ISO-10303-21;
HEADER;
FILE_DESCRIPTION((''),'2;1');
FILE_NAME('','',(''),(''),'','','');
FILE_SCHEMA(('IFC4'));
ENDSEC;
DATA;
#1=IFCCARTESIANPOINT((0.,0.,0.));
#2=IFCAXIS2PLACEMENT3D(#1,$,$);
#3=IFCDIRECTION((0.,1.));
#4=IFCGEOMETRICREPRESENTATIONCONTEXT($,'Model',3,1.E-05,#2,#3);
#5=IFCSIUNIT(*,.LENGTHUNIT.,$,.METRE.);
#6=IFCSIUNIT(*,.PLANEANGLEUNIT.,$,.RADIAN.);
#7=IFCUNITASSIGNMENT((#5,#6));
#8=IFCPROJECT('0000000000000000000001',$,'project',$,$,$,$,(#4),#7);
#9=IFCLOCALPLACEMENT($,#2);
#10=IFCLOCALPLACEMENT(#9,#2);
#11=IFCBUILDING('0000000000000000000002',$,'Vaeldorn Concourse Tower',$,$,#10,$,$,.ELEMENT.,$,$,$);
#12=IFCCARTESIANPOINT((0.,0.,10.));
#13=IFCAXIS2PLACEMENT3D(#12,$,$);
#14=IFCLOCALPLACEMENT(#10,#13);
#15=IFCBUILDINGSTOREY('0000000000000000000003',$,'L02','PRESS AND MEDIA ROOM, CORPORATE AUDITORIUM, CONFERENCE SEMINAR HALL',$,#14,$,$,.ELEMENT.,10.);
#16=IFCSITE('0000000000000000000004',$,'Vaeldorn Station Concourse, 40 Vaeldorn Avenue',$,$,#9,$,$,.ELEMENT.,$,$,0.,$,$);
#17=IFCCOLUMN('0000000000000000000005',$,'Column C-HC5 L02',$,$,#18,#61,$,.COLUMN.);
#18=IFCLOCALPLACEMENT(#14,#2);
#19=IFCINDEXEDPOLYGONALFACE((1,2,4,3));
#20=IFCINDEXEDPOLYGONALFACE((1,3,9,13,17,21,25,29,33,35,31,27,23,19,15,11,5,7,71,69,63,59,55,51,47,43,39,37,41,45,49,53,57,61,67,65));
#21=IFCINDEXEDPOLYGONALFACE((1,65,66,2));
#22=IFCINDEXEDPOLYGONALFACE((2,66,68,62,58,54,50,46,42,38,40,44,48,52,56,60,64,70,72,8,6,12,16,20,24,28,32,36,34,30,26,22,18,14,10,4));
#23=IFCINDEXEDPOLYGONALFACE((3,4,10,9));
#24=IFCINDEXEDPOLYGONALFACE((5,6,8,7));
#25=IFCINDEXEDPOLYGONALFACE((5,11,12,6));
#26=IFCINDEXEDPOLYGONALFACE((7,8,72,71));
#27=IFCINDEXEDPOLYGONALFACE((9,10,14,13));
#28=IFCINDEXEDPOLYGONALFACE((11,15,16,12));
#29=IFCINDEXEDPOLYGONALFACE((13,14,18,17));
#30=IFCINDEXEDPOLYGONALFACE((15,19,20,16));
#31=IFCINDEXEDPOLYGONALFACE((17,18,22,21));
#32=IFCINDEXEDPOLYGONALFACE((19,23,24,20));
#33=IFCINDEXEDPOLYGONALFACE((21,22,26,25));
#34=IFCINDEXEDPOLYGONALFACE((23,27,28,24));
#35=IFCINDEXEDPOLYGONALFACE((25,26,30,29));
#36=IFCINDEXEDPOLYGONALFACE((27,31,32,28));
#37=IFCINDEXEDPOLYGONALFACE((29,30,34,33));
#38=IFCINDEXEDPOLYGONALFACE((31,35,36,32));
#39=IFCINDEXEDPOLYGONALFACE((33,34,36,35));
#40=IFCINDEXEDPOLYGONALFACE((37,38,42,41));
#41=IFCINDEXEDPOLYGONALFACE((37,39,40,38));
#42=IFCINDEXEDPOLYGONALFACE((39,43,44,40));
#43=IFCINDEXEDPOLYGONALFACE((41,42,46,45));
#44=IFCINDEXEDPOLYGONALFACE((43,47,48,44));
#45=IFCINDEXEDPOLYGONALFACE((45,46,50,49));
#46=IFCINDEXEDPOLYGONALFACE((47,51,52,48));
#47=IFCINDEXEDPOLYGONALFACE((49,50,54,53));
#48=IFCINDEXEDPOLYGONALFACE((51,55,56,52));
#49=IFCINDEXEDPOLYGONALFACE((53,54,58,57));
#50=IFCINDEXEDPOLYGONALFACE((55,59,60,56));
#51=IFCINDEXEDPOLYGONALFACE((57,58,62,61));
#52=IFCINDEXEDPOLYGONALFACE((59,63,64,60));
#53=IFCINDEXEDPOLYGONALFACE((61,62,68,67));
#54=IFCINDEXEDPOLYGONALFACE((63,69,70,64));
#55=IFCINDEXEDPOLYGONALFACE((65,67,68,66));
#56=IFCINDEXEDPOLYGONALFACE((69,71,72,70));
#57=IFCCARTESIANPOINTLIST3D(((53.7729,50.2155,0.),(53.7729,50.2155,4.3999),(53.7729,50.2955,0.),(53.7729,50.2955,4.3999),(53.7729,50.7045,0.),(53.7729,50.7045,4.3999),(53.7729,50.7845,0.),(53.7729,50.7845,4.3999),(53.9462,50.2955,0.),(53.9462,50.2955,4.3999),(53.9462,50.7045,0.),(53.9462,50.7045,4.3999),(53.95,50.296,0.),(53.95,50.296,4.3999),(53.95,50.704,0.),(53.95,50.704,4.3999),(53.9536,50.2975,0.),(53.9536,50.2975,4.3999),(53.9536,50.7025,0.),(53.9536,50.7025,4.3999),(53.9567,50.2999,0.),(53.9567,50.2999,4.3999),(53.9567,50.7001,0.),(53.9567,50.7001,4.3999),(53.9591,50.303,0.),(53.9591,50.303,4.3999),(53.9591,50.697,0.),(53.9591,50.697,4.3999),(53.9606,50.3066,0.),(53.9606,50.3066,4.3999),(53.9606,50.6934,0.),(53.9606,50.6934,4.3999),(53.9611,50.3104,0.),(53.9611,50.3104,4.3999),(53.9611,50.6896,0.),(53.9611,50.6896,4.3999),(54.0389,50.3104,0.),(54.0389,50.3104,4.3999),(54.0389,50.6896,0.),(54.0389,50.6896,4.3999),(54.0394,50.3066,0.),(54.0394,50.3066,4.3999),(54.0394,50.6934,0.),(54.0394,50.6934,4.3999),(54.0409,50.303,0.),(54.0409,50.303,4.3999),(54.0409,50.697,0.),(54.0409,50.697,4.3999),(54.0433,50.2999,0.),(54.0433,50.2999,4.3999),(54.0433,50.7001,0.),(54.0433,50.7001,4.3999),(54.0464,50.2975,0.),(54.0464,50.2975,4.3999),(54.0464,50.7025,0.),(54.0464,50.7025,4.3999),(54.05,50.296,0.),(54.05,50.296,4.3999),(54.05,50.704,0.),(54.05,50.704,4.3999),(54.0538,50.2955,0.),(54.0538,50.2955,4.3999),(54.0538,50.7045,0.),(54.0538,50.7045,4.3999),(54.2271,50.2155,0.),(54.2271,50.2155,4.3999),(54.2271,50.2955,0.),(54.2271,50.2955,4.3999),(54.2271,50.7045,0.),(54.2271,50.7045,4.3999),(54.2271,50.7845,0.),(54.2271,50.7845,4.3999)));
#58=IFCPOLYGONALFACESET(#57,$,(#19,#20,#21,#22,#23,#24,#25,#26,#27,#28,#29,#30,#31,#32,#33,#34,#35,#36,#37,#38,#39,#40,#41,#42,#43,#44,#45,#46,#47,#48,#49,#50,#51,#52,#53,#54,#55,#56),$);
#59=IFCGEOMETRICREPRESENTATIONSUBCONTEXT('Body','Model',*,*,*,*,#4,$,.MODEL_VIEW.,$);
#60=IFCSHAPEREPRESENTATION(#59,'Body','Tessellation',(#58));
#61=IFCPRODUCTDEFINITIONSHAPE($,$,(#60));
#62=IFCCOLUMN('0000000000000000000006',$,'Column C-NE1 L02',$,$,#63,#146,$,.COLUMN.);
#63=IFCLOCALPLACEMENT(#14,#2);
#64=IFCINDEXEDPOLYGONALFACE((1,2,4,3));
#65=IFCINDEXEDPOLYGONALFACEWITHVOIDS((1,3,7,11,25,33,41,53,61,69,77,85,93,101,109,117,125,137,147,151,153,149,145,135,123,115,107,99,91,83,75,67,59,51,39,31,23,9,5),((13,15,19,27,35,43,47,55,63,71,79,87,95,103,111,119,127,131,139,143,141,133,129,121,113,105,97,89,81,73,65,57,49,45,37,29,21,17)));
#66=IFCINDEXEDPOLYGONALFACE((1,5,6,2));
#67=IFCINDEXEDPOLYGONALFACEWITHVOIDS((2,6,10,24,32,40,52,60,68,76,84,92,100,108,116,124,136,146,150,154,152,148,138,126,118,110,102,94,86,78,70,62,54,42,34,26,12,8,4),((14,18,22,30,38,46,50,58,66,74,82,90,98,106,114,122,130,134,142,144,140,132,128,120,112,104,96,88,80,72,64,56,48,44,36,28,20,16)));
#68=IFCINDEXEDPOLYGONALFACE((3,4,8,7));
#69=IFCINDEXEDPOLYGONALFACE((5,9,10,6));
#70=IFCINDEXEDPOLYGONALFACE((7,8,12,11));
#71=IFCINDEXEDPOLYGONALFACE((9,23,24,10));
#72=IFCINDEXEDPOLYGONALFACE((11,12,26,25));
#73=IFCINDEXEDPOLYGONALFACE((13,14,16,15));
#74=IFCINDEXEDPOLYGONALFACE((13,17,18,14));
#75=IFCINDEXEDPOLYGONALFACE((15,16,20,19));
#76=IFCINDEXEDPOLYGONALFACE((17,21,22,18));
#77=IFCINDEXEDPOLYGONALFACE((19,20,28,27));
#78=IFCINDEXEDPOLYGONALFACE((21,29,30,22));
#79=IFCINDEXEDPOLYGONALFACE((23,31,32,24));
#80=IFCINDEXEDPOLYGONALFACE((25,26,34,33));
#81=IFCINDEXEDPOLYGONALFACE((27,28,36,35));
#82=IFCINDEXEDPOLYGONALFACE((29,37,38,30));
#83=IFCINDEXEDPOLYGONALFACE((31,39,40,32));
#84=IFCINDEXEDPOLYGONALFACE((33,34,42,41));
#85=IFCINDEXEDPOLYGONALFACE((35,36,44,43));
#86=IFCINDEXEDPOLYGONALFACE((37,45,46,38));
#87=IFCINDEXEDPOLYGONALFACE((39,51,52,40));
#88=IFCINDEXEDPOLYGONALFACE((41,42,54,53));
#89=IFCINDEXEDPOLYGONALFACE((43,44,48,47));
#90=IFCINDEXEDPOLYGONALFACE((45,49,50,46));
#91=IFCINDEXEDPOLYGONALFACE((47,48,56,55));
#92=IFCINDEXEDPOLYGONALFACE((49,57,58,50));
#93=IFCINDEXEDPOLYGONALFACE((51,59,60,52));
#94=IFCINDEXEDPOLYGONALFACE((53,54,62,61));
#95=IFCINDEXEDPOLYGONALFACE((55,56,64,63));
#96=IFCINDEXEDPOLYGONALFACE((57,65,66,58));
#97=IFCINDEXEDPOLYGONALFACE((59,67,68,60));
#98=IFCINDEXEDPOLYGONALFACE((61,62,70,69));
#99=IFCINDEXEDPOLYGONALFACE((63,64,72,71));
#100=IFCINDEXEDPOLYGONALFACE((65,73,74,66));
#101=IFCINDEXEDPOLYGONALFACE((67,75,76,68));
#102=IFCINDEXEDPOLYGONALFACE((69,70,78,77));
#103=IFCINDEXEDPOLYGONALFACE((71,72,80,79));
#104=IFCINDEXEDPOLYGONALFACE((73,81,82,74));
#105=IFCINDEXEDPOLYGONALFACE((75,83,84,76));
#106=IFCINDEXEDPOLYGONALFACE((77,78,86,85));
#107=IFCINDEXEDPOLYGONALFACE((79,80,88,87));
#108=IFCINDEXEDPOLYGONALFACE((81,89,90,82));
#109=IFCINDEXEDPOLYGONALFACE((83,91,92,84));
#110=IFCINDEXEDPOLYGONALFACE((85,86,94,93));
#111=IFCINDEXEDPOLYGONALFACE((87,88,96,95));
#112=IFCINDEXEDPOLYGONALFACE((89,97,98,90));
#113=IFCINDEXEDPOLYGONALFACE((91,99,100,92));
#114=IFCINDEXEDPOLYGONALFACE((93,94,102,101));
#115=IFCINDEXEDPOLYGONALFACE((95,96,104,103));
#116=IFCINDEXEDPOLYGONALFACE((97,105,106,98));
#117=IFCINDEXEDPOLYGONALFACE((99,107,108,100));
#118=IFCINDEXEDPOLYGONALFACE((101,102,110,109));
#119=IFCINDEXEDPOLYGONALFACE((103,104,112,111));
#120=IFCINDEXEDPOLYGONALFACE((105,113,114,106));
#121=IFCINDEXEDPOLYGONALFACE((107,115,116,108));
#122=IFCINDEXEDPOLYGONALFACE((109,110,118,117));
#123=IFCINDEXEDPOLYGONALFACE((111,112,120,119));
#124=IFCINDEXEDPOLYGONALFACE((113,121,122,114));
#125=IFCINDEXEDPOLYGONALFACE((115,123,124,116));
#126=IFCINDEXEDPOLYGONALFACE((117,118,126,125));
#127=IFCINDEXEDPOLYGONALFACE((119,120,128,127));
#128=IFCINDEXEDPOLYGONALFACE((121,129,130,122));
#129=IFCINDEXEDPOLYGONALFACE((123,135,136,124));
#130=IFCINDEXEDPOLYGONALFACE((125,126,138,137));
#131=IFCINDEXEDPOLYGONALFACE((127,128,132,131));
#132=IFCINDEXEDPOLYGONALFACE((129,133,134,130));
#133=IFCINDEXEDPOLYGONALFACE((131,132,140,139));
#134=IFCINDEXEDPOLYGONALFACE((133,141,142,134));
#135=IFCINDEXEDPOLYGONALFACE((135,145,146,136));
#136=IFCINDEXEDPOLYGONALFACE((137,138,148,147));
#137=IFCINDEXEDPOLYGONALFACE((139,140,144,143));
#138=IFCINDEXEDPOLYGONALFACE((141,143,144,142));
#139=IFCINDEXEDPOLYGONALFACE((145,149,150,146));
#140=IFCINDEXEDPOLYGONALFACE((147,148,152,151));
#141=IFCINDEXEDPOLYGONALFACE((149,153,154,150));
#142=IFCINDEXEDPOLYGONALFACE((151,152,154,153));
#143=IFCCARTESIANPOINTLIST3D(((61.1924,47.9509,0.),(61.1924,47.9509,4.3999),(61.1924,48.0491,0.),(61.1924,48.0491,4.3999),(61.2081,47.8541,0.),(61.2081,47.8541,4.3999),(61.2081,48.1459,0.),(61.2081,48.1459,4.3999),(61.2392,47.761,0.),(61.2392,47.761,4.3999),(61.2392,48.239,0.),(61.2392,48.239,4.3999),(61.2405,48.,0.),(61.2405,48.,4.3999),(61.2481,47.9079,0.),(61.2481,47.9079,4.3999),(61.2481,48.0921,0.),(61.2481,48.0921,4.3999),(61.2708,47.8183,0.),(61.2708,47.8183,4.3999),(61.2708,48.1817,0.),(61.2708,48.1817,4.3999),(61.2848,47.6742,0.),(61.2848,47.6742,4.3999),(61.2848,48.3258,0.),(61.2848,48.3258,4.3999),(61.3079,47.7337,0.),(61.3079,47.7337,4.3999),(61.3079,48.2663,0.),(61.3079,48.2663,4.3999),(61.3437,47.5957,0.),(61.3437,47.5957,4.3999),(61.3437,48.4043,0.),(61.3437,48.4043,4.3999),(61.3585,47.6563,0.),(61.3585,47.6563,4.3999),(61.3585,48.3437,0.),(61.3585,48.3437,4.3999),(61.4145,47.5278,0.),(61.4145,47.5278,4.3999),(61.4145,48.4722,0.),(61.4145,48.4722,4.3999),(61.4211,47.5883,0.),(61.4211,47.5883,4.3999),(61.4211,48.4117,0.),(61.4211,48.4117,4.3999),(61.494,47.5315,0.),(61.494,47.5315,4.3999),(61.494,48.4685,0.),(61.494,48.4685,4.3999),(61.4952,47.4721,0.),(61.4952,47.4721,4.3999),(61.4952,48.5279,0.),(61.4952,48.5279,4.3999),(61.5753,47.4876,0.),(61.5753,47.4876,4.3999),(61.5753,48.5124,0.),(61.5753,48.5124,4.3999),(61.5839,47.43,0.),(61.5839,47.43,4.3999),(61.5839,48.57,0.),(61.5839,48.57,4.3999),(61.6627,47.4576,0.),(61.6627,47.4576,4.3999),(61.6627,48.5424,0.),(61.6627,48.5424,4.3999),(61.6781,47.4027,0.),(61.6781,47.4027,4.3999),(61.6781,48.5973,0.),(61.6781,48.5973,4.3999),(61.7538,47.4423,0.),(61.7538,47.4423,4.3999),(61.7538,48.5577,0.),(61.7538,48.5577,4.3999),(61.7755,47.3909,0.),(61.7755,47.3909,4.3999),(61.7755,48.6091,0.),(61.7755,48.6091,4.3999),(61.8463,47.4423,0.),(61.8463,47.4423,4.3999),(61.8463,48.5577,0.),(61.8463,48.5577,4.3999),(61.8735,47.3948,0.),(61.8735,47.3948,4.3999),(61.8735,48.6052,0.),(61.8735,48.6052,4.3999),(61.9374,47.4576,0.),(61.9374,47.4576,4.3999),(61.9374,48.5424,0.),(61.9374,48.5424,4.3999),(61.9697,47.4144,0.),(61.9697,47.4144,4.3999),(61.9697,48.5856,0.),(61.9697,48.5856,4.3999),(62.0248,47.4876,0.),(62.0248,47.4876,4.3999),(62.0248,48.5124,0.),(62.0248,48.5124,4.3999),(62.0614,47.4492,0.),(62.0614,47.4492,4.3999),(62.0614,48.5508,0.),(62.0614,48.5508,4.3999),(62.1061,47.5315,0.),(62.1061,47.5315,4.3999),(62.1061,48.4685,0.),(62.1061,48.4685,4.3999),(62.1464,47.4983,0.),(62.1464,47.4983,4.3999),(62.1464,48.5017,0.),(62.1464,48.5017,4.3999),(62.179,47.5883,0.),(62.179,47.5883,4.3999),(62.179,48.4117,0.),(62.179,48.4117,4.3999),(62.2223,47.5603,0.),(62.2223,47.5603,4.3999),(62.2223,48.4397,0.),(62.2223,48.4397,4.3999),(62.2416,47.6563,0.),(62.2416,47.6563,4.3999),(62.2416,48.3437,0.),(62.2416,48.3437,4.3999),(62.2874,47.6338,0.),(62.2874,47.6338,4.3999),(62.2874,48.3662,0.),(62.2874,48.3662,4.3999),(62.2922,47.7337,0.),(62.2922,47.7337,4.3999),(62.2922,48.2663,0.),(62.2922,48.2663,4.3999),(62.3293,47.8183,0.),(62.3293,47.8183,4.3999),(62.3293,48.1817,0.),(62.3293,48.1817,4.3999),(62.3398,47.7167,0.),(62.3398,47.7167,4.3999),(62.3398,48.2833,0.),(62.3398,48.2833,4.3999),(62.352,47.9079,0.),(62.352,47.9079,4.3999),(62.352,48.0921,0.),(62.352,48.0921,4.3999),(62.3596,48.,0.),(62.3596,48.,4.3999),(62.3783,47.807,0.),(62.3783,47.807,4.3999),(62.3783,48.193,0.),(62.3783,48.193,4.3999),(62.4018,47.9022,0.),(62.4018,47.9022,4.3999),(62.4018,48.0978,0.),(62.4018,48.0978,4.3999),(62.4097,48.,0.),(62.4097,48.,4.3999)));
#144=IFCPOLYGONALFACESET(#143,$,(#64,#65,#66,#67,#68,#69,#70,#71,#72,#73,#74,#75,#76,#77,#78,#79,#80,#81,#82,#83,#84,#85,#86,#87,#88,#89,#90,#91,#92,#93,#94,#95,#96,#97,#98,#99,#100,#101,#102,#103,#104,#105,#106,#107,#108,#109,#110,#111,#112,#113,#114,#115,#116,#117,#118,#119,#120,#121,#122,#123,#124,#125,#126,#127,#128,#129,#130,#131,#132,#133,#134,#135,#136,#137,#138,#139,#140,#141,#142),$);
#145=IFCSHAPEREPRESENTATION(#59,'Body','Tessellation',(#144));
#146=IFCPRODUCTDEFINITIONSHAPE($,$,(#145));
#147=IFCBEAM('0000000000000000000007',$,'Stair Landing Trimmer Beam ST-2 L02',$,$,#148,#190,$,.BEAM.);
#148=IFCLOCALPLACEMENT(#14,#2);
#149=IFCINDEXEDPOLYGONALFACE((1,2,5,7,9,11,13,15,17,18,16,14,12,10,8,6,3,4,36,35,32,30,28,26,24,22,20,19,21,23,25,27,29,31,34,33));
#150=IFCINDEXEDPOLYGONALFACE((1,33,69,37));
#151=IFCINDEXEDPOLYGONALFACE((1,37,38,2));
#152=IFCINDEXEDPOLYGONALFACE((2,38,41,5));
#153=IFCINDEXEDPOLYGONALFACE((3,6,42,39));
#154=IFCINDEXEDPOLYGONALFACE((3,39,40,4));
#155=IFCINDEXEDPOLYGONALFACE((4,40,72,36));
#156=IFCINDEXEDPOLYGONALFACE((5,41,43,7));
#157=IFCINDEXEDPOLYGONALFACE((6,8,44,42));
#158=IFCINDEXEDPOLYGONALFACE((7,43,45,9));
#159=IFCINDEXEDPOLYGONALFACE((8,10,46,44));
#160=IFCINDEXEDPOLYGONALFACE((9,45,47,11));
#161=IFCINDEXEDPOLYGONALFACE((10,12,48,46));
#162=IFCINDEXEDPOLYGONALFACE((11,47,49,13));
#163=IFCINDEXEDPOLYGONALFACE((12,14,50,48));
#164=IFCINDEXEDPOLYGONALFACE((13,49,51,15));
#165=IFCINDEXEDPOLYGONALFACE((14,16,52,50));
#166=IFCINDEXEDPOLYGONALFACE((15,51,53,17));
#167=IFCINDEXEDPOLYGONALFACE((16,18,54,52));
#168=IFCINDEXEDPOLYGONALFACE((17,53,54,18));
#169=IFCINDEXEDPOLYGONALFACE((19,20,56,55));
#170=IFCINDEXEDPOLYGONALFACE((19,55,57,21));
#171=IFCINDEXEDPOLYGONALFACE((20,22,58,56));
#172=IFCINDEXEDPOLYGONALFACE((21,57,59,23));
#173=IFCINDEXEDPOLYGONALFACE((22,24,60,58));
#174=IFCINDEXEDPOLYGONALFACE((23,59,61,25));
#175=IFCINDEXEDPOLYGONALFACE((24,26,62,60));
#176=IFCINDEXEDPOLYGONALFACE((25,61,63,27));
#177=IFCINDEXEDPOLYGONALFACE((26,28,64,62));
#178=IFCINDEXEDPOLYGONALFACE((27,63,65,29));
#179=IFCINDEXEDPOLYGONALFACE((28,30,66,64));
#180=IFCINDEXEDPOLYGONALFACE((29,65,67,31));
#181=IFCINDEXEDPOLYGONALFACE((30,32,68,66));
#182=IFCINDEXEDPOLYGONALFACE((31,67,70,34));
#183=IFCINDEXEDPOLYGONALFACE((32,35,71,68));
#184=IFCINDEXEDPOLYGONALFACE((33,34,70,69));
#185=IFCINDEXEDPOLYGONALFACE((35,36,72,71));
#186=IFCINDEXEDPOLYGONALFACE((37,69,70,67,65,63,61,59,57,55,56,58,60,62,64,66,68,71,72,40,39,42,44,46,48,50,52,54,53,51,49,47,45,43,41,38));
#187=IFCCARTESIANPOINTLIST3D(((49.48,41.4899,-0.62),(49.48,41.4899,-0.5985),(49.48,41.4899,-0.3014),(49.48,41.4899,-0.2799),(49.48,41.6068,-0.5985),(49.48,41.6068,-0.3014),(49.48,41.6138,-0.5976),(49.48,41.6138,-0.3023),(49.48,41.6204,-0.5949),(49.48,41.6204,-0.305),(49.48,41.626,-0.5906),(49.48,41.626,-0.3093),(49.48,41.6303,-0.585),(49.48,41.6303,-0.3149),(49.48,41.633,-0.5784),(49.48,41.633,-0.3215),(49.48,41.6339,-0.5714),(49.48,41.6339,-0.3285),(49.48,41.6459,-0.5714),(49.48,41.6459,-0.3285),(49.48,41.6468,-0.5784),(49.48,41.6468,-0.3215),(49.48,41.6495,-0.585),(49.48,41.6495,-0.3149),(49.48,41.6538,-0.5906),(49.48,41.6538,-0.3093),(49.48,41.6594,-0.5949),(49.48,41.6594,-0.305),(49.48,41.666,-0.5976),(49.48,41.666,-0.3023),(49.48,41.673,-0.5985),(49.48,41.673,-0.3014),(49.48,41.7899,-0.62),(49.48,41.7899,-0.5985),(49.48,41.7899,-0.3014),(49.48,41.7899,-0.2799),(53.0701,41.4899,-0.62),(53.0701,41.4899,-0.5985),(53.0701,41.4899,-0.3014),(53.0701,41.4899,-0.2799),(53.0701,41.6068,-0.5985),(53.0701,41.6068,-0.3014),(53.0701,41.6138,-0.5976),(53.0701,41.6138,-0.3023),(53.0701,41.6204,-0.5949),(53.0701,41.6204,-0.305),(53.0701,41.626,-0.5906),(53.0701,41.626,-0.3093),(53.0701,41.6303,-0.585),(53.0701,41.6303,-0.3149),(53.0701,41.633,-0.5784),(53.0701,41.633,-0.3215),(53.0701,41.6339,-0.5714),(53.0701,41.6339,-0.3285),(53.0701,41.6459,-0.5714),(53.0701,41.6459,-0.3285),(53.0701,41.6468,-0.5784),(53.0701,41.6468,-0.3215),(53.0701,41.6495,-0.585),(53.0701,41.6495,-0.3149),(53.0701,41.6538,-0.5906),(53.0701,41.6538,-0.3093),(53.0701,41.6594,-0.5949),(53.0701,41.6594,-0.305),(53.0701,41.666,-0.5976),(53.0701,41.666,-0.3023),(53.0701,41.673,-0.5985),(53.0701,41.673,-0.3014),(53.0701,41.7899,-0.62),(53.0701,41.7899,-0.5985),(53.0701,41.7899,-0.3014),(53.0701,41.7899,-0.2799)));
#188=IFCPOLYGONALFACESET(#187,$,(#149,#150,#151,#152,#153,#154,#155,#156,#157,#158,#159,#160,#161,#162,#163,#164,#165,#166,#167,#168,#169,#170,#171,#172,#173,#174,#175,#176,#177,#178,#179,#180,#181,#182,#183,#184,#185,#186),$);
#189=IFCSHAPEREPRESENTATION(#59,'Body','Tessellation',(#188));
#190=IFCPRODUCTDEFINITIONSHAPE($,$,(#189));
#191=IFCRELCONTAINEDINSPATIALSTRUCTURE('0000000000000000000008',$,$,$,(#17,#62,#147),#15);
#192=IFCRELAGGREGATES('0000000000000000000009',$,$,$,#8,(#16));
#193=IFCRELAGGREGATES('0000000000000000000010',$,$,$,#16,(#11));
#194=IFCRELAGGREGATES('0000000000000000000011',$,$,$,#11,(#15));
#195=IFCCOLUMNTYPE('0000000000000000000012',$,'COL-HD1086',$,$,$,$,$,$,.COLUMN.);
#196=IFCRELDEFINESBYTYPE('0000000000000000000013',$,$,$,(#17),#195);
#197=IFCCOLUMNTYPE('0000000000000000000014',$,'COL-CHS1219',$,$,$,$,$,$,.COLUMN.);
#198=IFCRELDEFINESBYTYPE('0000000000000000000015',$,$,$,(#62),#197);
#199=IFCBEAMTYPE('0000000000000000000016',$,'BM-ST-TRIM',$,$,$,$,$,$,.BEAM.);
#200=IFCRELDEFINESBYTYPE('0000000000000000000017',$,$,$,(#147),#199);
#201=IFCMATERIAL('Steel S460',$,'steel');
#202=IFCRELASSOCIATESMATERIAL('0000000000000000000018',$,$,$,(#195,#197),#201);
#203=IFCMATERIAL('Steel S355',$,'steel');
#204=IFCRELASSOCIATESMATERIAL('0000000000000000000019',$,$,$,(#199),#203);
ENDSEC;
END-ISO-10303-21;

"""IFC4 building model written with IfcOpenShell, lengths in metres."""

from ifc_helpers import new_model, si_unit, direction, frame, origin, origin_2d, place, context, subcontext, project, spatial, hollow_circle, i_section, extrude, source, transform, mapped, material, material_profile, profile_set, type_object, element, save


model = new_model("IFC4")

# Units and contexts
model_context = context("Model", 3, precision=1e-05, world=origin(), true_north=direction((0.0, 1.0)))
body_context = subcontext(model_context, "Body", "Model", "MODEL_VIEW")
ifc_project = project(units=[si_unit("LENGTHUNIT", "METRE"), si_unit("PLANEANGLEUNIT", "RADIAN")], contexts=[model_context])

# Site, building, storey
site_placement = place(None, origin())
site = spatial("IfcSite", under=ifc_project, at=site_placement, Name="Vaeldorn Station Concourse, 40 Vaeldorn Avenue", CompositionType="ELEMENT", RefElevation=0.0)
building_placement = place(site_placement, origin())
building = spatial("IfcBuilding", under=site, at=building_placement, Name="Vaeldorn Concourse Tower", CompositionType="ELEMENT")
storey_placement = place(building_placement, frame((0.0, 0.0, 10.0)))
storey = spatial("IfcBuildingStorey", under=building, at=storey_placement, Name="L02", Description="PRESS AND MEDIA ROOM, CORPORATE AUDITORIUM, CONFERENCE SEMINAR HALL", CompositionType="ELEMENT", Elevation=10.0)

# Columns
ifc_material_1 = material(Name="Steel S460", Category="steel")
ifc_material_profile_1 = material_profile(ifc_material_1, i_section(OverallWidth=0.4541, OverallDepth=0.5691, WebThickness=0.0779, FlangeThickness=0.0801, FilletRadius=0.0149, at=origin_2d()), Name="HD 400x1086")
ifc_profile_set_1 = profile_set([ifc_material_profile_1], Name="Steel S460")
column_type_1 = type_object("IfcColumnType", Name="COL-HD1086", PredefinedType="COLUMN", material=ifc_profile_set_1)
shared_shape_1 = source(origin(), body_context, "Body", "SweptSolid", [
    extrude(i_section(OverallWidth=0.4541, OverallDepth=0.5691, WebThickness=0.0779, FlangeThickness=0.0801, FilletRadius=0.0149, at=origin_2d()), origin(), (0.0, 0.0, 1.0), 4.3999),
])
column_1_placement = place(storey_placement, frame((54.0, 50.5, 0.0), z_axis=(0.0, 0.0, 1.0), x_axis=(1.0, 0.0, 0.0)))
element("IfcColumn", 1, at=column_1_placement, inside=storey, type_object=column_type_1, Name="Column C-HC5 L02", PredefinedType="COLUMN", context=body_context, shape_type="MappedRepresentation", body=[
    mapped(shared_shape_1, transform((0.0, 0.0, 0.0), scale=1.0)),
])
ifc_material_profile_2 = material_profile(ifc_material_1, hollow_circle(Radius=0.6096, WallThickness=0.05, at=origin_2d()), Name="CHS 1219x50")
ifc_profile_set_2 = profile_set([ifc_material_profile_2], Name="Steel S460")
column_type_2 = type_object("IfcColumnType", Name="COL-CHS1219", PredefinedType="COLUMN", material=ifc_profile_set_2)
shared_shape_2 = source(origin(), body_context, "Body", "SweptSolid", [
    extrude(hollow_circle(Radius=0.6096, WallThickness=0.05, at=origin_2d()), origin(), (0.0, 0.0, 1.0), 4.3999),
])
column_2_placement = place(storey_placement, frame((61.8, 48.0, 0.0), z_axis=(0.0, 0.0, 1.0), x_axis=(1.0, 0.0, 0.0)))
element("IfcColumn", 2, at=column_2_placement, inside=storey, type_object=column_type_2, Name="Column C-NE1 L02", PredefinedType="COLUMN", context=body_context, shape_type="MappedRepresentation", body=[
    mapped(shared_shape_2, transform((0.0, 0.0, 0.0), scale=1.0)),
])

# Beam
ifc_material_2 = material(Name="Steel S355", Category="steel")
ifc_material_profile_3 = material_profile(ifc_material_2, i_section(OverallWidth=0.3, OverallDepth=0.3401, WebThickness=0.012, FlangeThickness=0.0215, FilletRadius=0.0271, at=origin_2d()), Name="HEB 340")
ifc_profile_set_3 = profile_set([ifc_material_profile_3], Name="Steel S355")
beam_type_1 = type_object("IfcBeamType", Name="BM-ST-TRIM", PredefinedType="BEAM", material=ifc_profile_set_3)
shared_shape_3 = source(origin(), body_context, "Body", "SweptSolid", [
    extrude(i_section(OverallWidth=0.3, OverallDepth=0.3401, WebThickness=0.012, FlangeThickness=0.0215, FilletRadius=0.0271, at=origin_2d()), origin(), (0.0, 0.0, 1.0), 3.5901),
])
for number, where, z_axis, x_axis, name in (
    (3, (49.48, 41.6399, -0.45), (1.0, 0.0, 0.0), (0.0, 1.0, 0.0), "Stair Landing Trimmer Beam ST-2 L02"),
):
    element("IfcBeam", number, at=place(storey_placement, frame(where, z_axis=z_axis, x_axis=x_axis)), inside=storey, type_object=beam_type_1, Name=name, PredefinedType="BEAM", context=body_context, shape_type="MappedRepresentation", body=[
        mapped(shared_shape_3, transform((0.0, 0.0, 0.0), scale=1.0)),
    ])

save(model, "model.ifc")
